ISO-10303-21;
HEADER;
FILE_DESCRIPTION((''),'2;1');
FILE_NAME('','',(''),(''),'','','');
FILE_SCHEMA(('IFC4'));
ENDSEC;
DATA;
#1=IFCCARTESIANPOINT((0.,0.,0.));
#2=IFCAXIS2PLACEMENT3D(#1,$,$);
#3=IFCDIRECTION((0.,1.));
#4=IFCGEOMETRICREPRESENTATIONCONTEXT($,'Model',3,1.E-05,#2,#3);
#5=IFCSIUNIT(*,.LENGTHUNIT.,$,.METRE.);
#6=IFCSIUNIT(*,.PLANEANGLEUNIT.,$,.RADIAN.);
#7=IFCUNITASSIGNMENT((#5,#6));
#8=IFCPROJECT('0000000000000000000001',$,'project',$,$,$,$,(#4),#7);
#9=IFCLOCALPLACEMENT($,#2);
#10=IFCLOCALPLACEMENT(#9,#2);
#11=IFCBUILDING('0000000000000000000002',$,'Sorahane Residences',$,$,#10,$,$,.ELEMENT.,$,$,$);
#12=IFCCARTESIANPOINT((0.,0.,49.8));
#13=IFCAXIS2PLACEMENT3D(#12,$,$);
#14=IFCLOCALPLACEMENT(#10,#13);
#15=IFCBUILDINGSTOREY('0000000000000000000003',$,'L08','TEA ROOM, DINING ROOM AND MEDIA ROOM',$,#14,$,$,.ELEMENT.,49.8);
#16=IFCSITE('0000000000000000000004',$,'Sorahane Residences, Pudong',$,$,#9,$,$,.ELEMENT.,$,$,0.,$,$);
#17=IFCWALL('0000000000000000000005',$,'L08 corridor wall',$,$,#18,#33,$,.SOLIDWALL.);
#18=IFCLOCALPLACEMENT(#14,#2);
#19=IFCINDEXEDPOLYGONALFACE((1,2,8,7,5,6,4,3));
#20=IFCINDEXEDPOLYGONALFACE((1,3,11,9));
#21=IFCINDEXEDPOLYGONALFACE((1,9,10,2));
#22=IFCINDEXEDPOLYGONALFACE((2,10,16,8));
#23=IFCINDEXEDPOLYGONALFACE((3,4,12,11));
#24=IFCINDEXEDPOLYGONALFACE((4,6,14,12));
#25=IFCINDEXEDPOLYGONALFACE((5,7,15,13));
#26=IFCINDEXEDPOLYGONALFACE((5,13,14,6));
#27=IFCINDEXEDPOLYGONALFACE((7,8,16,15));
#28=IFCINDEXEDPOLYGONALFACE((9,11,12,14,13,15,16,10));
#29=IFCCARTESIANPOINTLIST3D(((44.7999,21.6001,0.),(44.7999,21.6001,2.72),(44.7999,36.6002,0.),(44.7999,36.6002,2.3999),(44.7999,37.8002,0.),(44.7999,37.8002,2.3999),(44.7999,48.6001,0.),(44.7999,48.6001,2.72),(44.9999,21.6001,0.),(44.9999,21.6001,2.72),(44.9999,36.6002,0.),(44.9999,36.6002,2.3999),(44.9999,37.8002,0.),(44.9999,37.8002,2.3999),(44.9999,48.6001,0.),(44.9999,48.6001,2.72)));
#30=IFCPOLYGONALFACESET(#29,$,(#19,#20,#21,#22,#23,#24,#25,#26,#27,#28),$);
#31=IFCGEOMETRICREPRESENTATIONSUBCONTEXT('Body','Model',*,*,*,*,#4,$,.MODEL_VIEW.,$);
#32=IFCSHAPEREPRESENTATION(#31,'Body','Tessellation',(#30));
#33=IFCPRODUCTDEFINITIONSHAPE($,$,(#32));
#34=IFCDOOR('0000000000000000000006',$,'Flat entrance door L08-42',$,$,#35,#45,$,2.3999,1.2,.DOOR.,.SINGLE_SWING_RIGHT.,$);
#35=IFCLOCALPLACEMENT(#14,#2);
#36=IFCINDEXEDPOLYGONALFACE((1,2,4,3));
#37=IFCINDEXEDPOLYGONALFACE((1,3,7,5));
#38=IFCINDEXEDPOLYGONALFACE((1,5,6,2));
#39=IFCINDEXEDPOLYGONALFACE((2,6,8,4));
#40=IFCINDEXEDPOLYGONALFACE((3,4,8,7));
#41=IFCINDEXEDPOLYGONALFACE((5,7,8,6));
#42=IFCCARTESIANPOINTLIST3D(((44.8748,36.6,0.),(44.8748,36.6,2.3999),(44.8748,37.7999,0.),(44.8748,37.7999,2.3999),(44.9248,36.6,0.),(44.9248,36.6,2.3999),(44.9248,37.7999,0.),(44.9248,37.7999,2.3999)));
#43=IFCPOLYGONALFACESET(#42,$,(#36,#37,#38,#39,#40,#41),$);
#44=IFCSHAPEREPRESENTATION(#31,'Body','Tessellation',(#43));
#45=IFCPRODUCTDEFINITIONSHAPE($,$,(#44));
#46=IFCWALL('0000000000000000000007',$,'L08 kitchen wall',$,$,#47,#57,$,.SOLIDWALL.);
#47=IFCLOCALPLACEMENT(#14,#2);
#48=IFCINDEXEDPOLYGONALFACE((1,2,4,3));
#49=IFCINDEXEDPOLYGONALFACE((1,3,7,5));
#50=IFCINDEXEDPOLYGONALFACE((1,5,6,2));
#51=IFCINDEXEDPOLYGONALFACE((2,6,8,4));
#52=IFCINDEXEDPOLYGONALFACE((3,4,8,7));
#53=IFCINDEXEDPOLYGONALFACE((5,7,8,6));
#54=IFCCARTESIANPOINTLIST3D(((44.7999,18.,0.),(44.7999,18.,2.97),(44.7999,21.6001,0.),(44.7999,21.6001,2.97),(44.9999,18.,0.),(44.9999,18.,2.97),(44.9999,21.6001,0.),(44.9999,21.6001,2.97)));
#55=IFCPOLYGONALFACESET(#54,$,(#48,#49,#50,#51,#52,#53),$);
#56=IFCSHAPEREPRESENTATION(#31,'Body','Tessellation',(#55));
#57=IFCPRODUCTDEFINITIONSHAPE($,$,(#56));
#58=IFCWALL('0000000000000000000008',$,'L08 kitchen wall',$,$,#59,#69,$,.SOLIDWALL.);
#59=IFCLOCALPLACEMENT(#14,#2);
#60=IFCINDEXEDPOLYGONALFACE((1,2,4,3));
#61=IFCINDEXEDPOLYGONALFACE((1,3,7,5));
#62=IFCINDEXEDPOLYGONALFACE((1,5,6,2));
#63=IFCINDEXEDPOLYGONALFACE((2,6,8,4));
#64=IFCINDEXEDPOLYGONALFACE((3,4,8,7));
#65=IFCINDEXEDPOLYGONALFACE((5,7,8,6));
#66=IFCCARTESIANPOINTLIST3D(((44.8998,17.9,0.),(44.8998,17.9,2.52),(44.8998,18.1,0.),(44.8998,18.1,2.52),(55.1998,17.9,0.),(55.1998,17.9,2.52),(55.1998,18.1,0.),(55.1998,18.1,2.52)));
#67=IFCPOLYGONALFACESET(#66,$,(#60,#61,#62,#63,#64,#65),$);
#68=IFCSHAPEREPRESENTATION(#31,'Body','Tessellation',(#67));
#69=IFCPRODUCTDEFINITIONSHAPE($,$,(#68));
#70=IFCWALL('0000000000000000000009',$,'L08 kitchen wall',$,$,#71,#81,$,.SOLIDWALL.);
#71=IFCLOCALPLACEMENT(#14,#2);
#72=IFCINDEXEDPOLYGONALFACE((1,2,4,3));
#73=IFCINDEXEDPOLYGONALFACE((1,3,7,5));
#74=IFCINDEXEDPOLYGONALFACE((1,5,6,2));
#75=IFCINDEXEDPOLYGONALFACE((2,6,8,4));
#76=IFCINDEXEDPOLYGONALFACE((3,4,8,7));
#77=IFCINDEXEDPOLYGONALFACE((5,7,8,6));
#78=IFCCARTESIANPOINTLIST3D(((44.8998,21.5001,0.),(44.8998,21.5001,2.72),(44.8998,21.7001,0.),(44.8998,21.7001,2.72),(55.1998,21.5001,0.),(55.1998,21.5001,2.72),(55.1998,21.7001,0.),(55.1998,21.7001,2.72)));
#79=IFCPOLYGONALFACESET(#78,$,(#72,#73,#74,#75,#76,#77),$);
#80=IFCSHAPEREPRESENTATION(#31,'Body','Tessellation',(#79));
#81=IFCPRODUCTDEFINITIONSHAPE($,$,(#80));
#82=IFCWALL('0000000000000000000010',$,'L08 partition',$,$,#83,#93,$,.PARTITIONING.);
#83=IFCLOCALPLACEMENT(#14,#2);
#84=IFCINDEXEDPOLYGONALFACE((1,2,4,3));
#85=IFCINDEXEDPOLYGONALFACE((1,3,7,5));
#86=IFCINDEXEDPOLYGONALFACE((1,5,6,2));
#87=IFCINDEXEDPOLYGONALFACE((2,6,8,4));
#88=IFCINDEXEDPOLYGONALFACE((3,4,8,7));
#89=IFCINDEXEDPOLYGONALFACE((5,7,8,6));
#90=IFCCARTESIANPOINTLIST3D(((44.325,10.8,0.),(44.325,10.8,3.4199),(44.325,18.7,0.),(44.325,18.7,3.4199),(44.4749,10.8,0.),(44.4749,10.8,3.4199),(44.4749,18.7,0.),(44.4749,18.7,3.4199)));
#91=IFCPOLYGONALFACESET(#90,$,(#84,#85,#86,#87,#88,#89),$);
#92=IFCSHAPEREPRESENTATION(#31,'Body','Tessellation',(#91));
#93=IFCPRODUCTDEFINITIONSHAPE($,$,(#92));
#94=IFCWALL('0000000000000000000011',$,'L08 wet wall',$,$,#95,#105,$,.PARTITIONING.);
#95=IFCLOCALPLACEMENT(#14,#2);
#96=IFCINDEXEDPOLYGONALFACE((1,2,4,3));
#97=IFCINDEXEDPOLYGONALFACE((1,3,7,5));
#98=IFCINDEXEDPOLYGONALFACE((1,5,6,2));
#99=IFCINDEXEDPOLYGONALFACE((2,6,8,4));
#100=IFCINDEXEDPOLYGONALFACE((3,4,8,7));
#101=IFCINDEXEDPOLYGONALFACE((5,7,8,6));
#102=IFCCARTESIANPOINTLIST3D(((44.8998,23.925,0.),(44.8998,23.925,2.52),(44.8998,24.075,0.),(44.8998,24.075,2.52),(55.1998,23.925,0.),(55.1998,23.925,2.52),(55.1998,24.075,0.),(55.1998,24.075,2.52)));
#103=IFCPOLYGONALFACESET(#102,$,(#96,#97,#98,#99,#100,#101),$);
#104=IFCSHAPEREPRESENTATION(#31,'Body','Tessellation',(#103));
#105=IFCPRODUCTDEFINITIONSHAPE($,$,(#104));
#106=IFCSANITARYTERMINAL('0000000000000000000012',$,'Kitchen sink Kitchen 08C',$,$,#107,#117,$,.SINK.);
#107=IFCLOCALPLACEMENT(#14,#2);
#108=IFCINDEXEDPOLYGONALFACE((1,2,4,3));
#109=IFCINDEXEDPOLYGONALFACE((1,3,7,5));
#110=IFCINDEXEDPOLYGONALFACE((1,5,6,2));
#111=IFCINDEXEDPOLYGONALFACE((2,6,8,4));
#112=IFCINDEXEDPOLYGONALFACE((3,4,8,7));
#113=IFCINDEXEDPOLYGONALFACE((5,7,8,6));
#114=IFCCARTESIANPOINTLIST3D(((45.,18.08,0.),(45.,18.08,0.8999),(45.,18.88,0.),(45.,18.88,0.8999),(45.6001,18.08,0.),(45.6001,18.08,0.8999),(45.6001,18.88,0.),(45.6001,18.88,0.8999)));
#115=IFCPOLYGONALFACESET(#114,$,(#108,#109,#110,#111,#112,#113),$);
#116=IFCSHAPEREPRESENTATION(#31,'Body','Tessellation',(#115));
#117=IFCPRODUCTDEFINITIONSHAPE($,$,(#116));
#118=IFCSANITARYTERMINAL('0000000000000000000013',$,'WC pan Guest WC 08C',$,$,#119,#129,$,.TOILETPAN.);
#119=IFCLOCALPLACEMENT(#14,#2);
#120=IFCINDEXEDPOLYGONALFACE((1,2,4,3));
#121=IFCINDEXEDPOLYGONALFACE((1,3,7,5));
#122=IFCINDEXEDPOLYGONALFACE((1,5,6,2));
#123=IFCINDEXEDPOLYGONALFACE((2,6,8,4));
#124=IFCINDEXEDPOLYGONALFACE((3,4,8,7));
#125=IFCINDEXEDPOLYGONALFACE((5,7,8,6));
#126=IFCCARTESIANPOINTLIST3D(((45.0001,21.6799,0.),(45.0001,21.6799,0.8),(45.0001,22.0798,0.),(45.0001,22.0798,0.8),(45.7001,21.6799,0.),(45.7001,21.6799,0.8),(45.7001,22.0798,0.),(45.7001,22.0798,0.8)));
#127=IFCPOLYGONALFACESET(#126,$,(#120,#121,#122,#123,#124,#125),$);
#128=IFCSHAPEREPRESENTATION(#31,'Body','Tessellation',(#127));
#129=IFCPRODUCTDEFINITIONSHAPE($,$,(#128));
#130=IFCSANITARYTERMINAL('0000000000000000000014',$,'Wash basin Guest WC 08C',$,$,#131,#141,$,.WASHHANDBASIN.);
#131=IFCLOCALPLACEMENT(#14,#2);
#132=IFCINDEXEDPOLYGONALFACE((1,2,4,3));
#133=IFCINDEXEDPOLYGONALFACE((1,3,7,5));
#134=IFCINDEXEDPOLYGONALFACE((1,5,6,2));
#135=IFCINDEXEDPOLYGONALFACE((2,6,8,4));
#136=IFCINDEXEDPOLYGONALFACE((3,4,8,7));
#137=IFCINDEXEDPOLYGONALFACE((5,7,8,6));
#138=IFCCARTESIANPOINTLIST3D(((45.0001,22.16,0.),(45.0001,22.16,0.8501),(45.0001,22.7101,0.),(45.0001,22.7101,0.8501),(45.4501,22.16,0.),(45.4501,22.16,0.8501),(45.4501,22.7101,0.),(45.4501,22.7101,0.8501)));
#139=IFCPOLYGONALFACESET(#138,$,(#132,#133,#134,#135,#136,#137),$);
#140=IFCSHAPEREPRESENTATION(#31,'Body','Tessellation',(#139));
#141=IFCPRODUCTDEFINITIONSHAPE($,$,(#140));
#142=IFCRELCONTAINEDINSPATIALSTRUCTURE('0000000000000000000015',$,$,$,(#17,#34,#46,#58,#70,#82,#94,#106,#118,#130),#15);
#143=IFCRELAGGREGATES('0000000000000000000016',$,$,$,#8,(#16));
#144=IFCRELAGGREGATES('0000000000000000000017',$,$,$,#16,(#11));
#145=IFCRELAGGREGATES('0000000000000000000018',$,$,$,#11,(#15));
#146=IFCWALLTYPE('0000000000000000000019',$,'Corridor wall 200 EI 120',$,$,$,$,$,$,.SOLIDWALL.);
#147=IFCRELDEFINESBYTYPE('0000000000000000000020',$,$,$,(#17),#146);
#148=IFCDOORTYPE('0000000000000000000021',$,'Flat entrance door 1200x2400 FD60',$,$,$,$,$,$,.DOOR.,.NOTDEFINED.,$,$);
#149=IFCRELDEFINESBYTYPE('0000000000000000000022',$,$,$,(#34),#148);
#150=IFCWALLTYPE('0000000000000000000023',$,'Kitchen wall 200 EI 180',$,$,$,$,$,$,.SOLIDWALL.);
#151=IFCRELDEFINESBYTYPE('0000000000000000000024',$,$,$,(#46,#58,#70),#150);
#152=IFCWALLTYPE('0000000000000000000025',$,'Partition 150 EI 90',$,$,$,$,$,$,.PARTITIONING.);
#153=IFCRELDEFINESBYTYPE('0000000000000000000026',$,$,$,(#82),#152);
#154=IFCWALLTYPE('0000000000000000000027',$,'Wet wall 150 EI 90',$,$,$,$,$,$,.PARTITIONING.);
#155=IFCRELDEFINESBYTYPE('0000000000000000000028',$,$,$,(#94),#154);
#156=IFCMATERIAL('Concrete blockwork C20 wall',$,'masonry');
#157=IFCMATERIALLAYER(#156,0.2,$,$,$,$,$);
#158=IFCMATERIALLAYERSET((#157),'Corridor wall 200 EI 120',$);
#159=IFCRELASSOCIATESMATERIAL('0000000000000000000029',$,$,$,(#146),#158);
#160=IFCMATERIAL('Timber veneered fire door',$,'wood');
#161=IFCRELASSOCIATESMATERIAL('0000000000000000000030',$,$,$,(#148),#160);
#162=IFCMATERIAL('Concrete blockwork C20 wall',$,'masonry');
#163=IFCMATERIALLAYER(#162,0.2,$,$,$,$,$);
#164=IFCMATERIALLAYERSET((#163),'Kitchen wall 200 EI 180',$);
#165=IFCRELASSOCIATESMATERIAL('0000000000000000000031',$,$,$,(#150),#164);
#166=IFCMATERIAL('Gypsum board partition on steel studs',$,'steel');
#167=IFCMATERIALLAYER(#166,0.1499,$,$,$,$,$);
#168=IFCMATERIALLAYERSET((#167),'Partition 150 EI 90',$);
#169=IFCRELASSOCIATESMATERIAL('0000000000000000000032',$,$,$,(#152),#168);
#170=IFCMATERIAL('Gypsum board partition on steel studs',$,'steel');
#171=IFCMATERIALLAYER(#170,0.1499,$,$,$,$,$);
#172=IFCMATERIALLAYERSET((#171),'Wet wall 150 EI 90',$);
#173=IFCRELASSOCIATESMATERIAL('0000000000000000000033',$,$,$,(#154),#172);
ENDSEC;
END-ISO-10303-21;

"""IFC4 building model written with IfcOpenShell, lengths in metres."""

from ifc_helpers import new_model, si_unit, direction, frame, frame_2d, origin, origin_2d, place, context, subcontext, project, spatial, rectangle, extrude, material, layer, layer_set, type_object, element, fill, save


model = new_model("IFC4")

# Units and contexts
model_context = context("Model", 3, precision=1e-05, world=origin(), true_north=direction((0.0, 1.0)))
body_context = subcontext(model_context, "Body", "Model", "MODEL_VIEW")
ifc_project = project(units=[si_unit("LENGTHUNIT", "METRE"), si_unit("PLANEANGLEUNIT", "RADIAN")], contexts=[model_context])

# Site, building, storey
site_placement = place(None, origin())
site = spatial("IfcSite", under=ifc_project, at=site_placement, Name="Sorahane Residences, Pudong", CompositionType="ELEMENT", RefElevation=0.0)
building_placement = place(site_placement, origin())
building = spatial("IfcBuilding", under=site, at=building_placement, Name="Sorahane Residences", CompositionType="ELEMENT")
storey_placement = place(building_placement, frame((0.0, 0.0, 49.8)))
storey = spatial("IfcBuildingStorey", under=building, at=storey_placement, Name="L08", Description="TEA ROOM, DINING ROOM AND MEDIA ROOM", CompositionType="ELEMENT", Elevation=49.8)

# Wall, opening, door
ifc_material_1 = material(Name="Concrete blockwork C20 wall", Category="masonry")
ifc_layer_1 = layer(ifc_material_1, 0.2)
ifc_layer_set_1 = layer_set([ifc_layer_1], Name="Corridor wall 200 EI 120")
wall_type_1 = type_object("IfcWallType", Name="Corridor wall 200 EI 120", PredefinedType="SOLIDWALL", material=ifc_layer_set_1)
wall_1_placement = place(storey_placement, frame((44.8999, 21.6001, 0.0), z_axis=(0.0, 0.0, 1.0), x_axis=(0.0, 1.0, 0.0)))
wall_1 = element("IfcWall", 1, at=wall_1_placement, inside=storey, type_object=wall_type_1, Name="L08 corridor wall", PredefinedType="SOLIDWALL", context=body_context, shape_type="SweptSolid", body=[
    extrude(rectangle(XDim=27.0, YDim=0.2, at=frame_2d((13.5, 0.0))), origin(), (0.0, 0.0, 1.0), 2.72),
])
opening_placement = place(wall_1_placement, frame((15.0, 0.0, 0.0)))
opening = element("IfcOpeningElement", 2, at=opening_placement, cuts=wall_1, PredefinedType="OPENING", context=body_context, shape_type="SweptSolid", body=[
    extrude(rectangle(XDim=1.2, YDim=2.3999, at=frame_2d((0.6001, 1.2))), frame((0.0, 0.1099, 0.0), z_axis=(0.0, -1.0, 0.0), x_axis=(1.0, 0.0, 0.0)), (0.0, 0.0, 1.0), 0.22),
])
ifc_material_2 = material(Name="Timber veneered fire door", Category="wood")
door_type = type_object("IfcDoorType", Name="Flat entrance door 1200x2400 FD60", OperationType="NOTDEFINED", PredefinedType="DOOR", material=ifc_material_2)
door_placement = place(opening_placement, frame((1.2, 0.0, 0.0), z_axis=(0.0, 0.0, 1.0), x_axis=(-1.0, 0.0, 0.0)))
door = element("IfcDoor", 3, at=door_placement, inside=storey, type_object=door_type, Name="Flat entrance door L08-42", OperationType="SINGLE_SWING_RIGHT", OverallHeight=2.3999, OverallWidth=1.2, PredefinedType="DOOR", context=body_context, shape_type="SweptSolid", body=[
    extrude(rectangle(XDim=1.2, YDim=2.3999, at=frame_2d((0.6001, 1.2))), frame((0.0, 0.0249, 0.0), z_axis=(0.0, -1.0, 0.0), x_axis=(1.0, 0.0, 0.0)), (0.0, 0.0, 1.0), 0.05),
])
fill(opening, door)

# Walls
ifc_material_3 = material(Name="Concrete blockwork C20 wall", Category="masonry")
ifc_layer_2 = layer(ifc_material_3, 0.2)
ifc_layer_set_2 = layer_set([ifc_layer_2], Name="Kitchen wall 200 EI 180")
wall_type_2 = type_object("IfcWallType", Name="Kitchen wall 200 EI 180", PredefinedType="SOLIDWALL", material=ifc_layer_set_2)
wall_2_placement = place(storey_placement, frame((44.8999, 18.0, 0.0), z_axis=(0.0, 0.0, 1.0), x_axis=(0.0, 1.0, 0.0)))
element("IfcWall", 4, at=wall_2_placement, inside=storey, type_object=wall_type_2, Name="L08 kitchen wall", PredefinedType="SOLIDWALL", context=body_context, shape_type="SweptSolid", body=[
    extrude(rectangle(XDim=3.6001, YDim=0.2, at=frame_2d((1.8, 0.0))), origin(), (0.0, 0.0, 1.0), 2.97),
])
wall_3_placement = place(storey_placement, frame((44.8999, 18.0, 0.0), z_axis=(0.0, 0.0, 1.0), x_axis=(1.0, 0.0, 0.0)))
element("IfcWall", 5, at=wall_3_placement, inside=storey, type_object=wall_type_2, Name="L08 kitchen wall", PredefinedType="SOLIDWALL", context=body_context, shape_type="SweptSolid", body=[
    extrude(rectangle(XDim=10.3, YDim=0.2, at=frame_2d((5.1499, 0.0))), origin(), (0.0, 0.0, 1.0), 2.52),
])
wall_4_placement = place(storey_placement, frame((44.8999, 21.6001, 0.0), z_axis=(0.0, 0.0, 1.0), x_axis=(1.0, 0.0, 0.0)))
element("IfcWall", 6, at=wall_4_placement, inside=storey, type_object=wall_type_2, Name="L08 kitchen wall", PredefinedType="SOLIDWALL", context=body_context, shape_type="SweptSolid", body=[
    extrude(rectangle(XDim=10.3, YDim=0.2, at=frame_2d((5.1499, 0.0))), origin(), (0.0, 0.0, 1.0), 2.72),
])
ifc_material_4 = material(Name="Gypsum board partition on steel studs", Category="steel")
ifc_layer_3 = layer(ifc_material_4, 0.1499)
ifc_layer_set_3 = layer_set([ifc_layer_3], Name="Partition 150 EI 90")
wall_type_3 = type_object("IfcWallType", Name="Partition 150 EI 90", PredefinedType="PARTITIONING", material=ifc_layer_set_3)
wall_5_placement = place(storey_placement, frame((44.3999, 10.8, 0.0), z_axis=(0.0, 0.0, 1.0), x_axis=(0.0, 1.0, 0.0)))
element("IfcWall", 7, at=wall_5_placement, inside=storey, type_object=wall_type_3, Name="L08 partition", PredefinedType="PARTITIONING", context=body_context, shape_type="SweptSolid", body=[
    extrude(rectangle(XDim=7.8999, YDim=0.1499, at=frame_2d((3.95, 0.0))), origin(), (0.0, 0.0, 1.0), 3.4199),
])
ifc_material_5 = material(Name="Gypsum board partition on steel studs", Category="steel")
ifc_layer_4 = layer(ifc_material_5, 0.1499)
ifc_layer_set_4 = layer_set([ifc_layer_4], Name="Wet wall 150 EI 90")
wall_type_4 = type_object("IfcWallType", Name="Wet wall 150 EI 90", PredefinedType="PARTITIONING", material=ifc_layer_set_4)
wall_6_placement = place(storey_placement, frame((44.8999, 24.0, 0.0), z_axis=(0.0, 0.0, 1.0), x_axis=(1.0, 0.0, 0.0)))
element("IfcWall", 8, at=wall_6_placement, inside=storey, type_object=wall_type_4, Name="L08 wet wall", PredefinedType="PARTITIONING", context=body_context, shape_type="SweptSolid", body=[
    extrude(rectangle(XDim=10.3, YDim=0.1499, at=frame_2d((5.1499, 0.0))), origin(), (0.0, 0.0, 1.0), 2.52),
])

# Sanitary terminals
sanitary_terminal_1_placement = place(storey_placement, frame((45.3, 18.48, 0.0), z_axis=(0.0, 0.0, 1.0), x_axis=(0.0, 1.0, 0.0)))
element("IfcSanitaryTerminal", 9, at=sanitary_terminal_1_placement, inside=storey, Name="Kitchen sink Kitchen 08C", PredefinedType="SINK", context=body_context, shape_type="SweptSolid", body=[
    extrude(rectangle(XDim=0.8, YDim=0.6001, at=origin_2d()), origin(), (0.0, 0.0, 1.0), 0.8999),
])
sanitary_terminal_2_placement = place(storey_placement, frame((45.3501, 21.8799, 0.0), z_axis=(0.0, 0.0, 1.0), x_axis=(0.0, 1.0, 0.0)))
element("IfcSanitaryTerminal", 10, at=sanitary_terminal_2_placement, inside=storey, Name="WC pan Guest WC 08C", PredefinedType="TOILETPAN", context=body_context, shape_type="SweptSolid", body=[
    extrude(rectangle(XDim=0.3999, YDim=0.7, at=origin_2d()), origin(), (0.0, 0.0, 1.0), 0.8),
])
sanitary_terminal_3_placement = place(storey_placement, frame((45.2251, 22.4351, 0.0), z_axis=(0.0, 0.0, 1.0), x_axis=(0.0, 1.0, 0.0)))
element("IfcSanitaryTerminal", 11, at=sanitary_terminal_3_placement, inside=storey, Name="Wash basin Guest WC 08C", PredefinedType="WASHHANDBASIN", context=body_context, shape_type="SweptSolid", body=[
    extrude(rectangle(XDim=0.55, YDim=0.45, at=origin_2d()), origin(), (0.0, 0.0, 1.0), 0.8501),
])

save(model, "model.ifc")
